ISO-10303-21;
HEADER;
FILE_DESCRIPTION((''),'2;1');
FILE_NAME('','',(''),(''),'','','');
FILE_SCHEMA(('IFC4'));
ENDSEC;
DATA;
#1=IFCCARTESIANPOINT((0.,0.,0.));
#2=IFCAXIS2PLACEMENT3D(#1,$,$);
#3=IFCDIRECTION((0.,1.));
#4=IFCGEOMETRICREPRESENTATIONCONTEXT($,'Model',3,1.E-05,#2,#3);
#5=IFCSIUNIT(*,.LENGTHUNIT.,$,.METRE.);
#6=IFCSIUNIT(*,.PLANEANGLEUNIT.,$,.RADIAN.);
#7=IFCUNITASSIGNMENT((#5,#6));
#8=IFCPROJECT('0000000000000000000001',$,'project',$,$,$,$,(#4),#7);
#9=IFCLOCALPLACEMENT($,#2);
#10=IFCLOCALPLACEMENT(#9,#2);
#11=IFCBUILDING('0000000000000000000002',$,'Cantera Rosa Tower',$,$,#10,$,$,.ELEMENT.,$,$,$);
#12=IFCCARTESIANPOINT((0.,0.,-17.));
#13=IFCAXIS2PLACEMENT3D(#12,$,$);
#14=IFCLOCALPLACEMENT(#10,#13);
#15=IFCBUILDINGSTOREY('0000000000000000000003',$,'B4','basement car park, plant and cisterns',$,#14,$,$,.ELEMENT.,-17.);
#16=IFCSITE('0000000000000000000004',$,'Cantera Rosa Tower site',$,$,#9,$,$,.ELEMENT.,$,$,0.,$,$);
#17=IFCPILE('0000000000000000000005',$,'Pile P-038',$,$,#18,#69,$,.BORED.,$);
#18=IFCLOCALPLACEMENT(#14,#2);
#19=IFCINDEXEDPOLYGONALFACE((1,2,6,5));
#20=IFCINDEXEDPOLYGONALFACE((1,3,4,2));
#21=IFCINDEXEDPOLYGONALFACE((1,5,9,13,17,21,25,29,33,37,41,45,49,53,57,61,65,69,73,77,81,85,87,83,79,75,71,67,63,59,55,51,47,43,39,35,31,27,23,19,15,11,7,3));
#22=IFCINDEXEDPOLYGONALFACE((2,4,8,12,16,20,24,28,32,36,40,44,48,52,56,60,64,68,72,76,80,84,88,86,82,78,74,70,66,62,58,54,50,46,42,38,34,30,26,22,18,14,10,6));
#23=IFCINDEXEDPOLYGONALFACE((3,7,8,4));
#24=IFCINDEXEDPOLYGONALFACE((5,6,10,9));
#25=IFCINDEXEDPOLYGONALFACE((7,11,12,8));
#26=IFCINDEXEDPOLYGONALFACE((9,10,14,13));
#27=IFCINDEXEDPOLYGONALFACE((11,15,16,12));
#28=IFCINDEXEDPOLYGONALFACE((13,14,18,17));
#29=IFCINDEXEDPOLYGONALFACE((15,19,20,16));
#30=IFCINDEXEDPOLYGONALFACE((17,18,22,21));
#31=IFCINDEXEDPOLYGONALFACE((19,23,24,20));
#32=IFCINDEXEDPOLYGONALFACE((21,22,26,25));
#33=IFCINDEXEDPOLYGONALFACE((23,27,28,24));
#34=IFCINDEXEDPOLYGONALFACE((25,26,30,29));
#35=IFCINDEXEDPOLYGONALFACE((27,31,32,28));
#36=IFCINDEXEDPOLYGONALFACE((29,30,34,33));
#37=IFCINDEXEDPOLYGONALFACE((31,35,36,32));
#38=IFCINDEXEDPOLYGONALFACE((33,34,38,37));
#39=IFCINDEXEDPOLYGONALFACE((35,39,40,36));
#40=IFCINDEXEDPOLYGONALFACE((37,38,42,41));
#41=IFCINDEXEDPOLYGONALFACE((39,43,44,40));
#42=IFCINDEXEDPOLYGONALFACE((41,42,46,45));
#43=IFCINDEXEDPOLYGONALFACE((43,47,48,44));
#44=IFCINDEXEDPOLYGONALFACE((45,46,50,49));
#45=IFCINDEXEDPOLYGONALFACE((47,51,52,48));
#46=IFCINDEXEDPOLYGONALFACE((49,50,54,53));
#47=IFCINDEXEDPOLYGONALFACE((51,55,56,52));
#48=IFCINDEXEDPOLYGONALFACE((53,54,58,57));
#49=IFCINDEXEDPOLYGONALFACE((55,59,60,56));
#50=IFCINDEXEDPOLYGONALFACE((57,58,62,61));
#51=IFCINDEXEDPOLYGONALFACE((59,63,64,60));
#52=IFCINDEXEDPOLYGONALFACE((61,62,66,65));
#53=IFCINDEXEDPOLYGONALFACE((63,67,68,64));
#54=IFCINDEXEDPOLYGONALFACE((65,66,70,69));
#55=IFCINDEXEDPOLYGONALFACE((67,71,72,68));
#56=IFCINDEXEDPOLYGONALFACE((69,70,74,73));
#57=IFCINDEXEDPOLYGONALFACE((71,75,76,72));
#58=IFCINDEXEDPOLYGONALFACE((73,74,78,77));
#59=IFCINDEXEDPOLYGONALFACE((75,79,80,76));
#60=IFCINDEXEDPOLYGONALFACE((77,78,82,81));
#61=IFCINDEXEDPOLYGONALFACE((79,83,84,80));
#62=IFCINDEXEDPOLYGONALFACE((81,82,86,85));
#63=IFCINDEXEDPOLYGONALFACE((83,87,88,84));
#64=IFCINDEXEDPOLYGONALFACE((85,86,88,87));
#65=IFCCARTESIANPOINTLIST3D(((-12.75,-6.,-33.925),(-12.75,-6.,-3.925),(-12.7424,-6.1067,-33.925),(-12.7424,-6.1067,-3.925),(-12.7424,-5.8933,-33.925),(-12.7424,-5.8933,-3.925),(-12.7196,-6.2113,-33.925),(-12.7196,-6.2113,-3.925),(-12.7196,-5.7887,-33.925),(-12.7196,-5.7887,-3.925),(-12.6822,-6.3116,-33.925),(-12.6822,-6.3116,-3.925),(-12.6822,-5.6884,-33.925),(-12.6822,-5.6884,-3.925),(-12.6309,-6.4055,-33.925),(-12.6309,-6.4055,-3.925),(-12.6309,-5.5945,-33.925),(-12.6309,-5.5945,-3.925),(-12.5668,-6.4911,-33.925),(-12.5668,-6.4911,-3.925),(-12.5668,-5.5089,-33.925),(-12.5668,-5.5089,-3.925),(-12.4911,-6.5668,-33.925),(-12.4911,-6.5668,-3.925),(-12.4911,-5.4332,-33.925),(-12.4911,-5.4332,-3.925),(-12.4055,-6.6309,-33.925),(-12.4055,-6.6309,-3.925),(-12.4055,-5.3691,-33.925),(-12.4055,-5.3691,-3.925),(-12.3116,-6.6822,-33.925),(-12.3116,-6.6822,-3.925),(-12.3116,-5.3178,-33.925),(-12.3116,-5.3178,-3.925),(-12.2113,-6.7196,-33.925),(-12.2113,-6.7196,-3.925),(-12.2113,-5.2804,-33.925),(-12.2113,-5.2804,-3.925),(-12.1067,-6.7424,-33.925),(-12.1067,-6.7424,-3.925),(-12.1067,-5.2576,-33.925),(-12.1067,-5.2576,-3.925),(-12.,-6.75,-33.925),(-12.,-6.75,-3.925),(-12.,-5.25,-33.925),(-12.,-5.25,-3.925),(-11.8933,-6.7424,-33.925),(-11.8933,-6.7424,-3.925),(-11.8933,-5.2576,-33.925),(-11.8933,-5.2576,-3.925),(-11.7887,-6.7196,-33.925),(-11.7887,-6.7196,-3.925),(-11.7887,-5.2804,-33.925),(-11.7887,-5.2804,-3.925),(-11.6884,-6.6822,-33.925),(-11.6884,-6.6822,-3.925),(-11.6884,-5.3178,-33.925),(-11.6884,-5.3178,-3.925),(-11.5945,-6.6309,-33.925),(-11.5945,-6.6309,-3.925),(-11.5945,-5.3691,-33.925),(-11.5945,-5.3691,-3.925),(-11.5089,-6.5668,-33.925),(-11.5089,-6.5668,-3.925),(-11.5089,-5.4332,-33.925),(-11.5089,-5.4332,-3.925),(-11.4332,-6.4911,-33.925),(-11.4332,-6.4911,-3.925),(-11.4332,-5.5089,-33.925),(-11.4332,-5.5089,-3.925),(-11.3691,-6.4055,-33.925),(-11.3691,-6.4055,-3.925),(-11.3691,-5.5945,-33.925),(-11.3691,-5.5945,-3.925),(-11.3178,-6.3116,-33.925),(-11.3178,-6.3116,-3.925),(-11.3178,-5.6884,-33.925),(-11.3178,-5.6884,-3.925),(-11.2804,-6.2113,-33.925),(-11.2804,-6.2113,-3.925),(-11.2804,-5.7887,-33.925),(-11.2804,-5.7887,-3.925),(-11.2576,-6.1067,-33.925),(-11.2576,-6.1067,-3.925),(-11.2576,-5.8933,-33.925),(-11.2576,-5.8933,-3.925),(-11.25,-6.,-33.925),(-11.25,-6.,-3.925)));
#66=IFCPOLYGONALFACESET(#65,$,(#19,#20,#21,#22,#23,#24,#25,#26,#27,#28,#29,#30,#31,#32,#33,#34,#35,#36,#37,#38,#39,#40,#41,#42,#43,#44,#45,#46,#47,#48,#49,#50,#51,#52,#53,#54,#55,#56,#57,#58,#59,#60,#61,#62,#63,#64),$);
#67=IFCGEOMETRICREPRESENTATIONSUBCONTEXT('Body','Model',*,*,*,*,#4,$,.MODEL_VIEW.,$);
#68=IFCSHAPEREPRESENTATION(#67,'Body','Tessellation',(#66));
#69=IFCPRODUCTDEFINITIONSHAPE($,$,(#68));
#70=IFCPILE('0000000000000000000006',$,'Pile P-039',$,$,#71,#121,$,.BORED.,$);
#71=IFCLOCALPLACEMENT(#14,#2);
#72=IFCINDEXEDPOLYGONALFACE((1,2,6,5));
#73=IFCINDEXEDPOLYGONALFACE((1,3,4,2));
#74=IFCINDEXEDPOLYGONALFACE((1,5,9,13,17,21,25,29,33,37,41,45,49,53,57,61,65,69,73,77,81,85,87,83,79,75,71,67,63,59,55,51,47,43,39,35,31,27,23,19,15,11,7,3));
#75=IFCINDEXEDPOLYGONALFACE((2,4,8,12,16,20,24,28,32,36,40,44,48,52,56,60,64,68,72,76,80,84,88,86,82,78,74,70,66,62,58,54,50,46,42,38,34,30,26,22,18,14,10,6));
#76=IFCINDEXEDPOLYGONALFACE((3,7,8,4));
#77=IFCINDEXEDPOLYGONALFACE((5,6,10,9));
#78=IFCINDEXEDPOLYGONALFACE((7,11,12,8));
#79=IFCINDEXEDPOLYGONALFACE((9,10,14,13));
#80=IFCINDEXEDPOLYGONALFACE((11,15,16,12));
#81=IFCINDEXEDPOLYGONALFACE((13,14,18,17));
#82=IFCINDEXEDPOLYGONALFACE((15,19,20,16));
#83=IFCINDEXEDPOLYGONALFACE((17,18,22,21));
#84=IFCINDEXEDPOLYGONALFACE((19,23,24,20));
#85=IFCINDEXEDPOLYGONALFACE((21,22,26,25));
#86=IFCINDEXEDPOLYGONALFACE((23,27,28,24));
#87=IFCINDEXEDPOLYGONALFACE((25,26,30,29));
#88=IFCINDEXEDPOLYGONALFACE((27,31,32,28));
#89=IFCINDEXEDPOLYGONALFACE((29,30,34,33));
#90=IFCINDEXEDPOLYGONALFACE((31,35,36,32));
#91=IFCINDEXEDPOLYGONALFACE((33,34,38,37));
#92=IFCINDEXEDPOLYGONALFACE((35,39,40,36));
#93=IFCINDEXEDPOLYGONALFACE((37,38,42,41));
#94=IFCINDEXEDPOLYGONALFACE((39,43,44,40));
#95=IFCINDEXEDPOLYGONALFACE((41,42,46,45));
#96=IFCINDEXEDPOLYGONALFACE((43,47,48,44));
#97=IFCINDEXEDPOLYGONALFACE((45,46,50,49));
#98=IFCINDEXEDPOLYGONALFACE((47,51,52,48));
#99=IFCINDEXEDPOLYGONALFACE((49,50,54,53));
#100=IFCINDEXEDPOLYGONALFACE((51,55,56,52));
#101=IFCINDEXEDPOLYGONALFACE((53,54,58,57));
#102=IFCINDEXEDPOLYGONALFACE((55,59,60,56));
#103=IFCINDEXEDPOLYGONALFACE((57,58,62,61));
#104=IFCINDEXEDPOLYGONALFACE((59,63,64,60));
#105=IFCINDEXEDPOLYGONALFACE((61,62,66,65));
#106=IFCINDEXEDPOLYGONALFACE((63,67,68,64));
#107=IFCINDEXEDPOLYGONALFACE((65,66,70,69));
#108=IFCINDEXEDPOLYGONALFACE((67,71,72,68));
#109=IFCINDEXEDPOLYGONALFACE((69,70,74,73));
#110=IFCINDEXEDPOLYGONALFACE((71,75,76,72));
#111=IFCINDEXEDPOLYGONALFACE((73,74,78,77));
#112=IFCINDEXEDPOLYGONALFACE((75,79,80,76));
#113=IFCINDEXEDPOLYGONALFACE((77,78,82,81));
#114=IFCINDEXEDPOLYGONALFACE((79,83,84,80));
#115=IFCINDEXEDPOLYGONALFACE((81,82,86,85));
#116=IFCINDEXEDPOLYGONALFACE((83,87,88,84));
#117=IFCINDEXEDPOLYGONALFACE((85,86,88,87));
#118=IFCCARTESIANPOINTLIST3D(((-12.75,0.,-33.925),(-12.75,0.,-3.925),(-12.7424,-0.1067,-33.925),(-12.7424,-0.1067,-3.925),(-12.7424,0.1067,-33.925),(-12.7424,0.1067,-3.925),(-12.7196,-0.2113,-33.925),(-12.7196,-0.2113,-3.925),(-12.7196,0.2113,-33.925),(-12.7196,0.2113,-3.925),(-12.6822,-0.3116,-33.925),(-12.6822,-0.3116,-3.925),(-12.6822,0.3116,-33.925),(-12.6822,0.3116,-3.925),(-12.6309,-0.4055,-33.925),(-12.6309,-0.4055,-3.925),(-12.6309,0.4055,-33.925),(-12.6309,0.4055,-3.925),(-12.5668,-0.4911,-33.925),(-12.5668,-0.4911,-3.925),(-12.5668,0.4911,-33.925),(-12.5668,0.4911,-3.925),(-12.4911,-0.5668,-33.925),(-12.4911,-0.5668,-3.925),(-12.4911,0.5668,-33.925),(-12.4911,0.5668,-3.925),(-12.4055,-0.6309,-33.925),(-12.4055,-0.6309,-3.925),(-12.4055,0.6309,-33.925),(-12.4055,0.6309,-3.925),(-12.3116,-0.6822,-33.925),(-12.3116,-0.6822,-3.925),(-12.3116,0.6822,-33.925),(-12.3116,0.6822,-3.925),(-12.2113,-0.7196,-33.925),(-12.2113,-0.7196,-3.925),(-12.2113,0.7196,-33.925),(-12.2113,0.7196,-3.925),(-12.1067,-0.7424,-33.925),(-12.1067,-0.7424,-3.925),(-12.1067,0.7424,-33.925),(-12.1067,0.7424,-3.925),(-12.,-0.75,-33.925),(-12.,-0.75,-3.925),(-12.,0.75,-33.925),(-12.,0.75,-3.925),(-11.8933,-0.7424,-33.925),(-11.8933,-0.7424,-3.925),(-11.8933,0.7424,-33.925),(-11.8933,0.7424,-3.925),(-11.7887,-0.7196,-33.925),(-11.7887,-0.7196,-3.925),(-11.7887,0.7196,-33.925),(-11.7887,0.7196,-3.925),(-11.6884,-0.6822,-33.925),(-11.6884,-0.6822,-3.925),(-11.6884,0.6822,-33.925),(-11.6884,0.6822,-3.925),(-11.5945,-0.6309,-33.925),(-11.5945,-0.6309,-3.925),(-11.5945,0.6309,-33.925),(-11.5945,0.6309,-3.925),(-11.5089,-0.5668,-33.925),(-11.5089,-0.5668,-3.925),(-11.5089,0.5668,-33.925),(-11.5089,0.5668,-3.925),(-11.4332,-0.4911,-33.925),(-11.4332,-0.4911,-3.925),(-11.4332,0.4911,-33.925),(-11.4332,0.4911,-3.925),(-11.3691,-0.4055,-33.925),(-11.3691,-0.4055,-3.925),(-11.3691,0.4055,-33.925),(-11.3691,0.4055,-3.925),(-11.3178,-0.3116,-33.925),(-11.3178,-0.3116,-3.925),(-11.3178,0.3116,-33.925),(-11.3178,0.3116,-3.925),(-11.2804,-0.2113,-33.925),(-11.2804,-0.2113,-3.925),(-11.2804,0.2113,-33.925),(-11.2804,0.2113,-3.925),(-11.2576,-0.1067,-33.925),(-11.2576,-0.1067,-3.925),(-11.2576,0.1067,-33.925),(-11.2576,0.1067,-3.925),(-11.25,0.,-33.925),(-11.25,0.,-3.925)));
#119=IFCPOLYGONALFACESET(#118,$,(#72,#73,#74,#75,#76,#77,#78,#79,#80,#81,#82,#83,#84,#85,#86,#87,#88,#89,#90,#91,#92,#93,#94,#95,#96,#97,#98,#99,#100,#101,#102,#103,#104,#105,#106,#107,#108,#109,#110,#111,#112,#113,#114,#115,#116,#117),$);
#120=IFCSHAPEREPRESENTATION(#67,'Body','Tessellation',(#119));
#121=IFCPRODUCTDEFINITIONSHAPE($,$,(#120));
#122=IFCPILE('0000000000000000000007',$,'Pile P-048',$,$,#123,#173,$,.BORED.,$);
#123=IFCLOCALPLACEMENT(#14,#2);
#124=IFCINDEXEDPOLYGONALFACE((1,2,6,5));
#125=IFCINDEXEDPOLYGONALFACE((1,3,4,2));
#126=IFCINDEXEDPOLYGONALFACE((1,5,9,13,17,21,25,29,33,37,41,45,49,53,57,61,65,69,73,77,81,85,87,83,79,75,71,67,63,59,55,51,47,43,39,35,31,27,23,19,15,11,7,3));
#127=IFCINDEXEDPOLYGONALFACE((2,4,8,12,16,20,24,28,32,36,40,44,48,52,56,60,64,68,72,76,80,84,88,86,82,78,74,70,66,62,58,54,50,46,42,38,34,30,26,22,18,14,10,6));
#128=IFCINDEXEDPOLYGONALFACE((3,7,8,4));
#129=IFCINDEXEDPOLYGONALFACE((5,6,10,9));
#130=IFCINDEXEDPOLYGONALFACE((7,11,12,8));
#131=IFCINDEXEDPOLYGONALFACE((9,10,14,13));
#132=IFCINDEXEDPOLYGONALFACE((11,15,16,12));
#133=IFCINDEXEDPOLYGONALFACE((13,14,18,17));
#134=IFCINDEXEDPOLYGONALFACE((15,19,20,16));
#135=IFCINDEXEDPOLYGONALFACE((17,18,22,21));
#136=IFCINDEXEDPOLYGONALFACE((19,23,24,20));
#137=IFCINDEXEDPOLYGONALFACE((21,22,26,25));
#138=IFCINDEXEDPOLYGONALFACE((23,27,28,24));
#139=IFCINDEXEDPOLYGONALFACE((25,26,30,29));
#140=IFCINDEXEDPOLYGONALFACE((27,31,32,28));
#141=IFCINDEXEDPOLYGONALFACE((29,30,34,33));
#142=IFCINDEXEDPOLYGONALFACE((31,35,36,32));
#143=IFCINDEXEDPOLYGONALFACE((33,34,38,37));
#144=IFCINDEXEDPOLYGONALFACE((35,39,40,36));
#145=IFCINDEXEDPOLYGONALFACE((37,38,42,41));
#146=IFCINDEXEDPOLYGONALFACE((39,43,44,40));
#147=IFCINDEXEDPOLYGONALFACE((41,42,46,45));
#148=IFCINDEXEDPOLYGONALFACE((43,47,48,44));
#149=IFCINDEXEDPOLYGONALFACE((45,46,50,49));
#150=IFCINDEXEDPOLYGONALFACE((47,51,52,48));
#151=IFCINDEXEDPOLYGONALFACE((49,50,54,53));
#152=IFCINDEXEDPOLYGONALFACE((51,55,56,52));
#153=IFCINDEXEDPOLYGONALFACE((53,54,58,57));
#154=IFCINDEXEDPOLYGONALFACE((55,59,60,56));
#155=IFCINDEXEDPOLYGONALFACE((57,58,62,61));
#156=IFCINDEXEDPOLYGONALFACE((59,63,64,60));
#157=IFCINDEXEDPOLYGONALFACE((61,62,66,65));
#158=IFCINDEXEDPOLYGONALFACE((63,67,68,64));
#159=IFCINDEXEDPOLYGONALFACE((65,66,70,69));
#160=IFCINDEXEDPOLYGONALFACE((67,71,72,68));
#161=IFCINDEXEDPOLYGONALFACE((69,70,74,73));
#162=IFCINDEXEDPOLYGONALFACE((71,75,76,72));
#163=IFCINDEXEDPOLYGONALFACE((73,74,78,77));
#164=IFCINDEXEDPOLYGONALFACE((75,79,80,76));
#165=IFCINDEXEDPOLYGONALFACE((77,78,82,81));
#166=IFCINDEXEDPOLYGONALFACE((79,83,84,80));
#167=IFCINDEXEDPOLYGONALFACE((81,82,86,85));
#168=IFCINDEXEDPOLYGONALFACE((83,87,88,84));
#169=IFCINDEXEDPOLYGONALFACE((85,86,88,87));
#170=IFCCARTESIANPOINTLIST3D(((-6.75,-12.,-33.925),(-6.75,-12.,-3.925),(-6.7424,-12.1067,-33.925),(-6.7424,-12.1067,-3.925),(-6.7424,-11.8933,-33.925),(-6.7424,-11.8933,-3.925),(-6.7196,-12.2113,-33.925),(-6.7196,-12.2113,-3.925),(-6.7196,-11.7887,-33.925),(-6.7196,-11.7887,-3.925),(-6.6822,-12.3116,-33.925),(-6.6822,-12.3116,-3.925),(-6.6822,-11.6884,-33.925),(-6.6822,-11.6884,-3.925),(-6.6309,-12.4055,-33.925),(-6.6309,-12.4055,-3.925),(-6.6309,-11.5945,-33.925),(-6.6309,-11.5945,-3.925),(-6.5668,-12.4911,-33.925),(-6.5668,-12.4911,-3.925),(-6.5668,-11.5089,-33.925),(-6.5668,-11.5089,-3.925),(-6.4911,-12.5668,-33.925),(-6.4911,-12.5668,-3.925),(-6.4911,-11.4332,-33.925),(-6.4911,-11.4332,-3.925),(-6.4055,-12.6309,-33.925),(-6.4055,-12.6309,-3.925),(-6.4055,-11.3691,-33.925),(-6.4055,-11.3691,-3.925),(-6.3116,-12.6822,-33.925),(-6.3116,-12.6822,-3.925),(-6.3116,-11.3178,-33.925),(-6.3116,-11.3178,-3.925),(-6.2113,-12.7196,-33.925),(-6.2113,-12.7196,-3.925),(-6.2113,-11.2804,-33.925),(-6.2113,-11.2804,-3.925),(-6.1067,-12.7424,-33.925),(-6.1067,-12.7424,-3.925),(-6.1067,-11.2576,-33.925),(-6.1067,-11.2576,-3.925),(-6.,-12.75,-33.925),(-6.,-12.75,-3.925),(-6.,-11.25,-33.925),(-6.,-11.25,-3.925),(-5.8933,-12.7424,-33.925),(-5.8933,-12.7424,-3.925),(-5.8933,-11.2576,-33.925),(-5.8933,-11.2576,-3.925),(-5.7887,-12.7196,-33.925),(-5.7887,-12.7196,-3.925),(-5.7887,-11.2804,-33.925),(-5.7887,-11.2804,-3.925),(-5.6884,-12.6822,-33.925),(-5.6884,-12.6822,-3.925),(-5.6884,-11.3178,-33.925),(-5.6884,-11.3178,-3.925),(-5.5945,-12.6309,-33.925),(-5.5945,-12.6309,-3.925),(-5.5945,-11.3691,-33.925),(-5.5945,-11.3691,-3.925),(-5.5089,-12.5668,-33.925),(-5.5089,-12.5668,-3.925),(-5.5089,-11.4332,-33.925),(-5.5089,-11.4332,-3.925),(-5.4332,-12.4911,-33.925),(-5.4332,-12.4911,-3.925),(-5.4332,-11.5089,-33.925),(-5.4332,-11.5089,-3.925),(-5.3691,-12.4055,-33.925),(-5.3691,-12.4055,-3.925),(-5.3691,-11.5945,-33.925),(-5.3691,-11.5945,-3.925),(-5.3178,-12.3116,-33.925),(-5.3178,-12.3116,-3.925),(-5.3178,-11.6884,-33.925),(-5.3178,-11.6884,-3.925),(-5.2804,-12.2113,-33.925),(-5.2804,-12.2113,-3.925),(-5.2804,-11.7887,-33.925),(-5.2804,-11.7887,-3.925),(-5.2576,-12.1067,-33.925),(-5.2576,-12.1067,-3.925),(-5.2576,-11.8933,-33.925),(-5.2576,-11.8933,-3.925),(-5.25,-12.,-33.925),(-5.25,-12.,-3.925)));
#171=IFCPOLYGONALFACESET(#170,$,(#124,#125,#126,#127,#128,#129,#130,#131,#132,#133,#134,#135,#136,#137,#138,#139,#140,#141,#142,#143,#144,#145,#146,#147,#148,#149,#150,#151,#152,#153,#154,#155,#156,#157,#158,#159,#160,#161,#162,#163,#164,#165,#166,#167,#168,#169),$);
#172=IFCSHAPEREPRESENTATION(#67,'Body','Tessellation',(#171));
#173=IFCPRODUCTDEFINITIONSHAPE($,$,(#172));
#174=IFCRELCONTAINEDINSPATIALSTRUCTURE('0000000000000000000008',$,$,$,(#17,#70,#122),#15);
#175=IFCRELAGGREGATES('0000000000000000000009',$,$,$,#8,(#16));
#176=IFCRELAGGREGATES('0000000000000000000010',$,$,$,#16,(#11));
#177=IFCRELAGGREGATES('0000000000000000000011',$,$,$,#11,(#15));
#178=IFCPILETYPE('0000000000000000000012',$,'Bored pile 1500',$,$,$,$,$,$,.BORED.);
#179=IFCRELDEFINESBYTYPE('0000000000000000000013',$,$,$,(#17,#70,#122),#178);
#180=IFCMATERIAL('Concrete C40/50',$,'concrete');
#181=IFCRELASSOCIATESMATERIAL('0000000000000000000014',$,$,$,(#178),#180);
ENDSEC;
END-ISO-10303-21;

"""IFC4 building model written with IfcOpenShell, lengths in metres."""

from ifc_helpers import new_model, si_unit, direction, frame, origin, origin_2d, place, context, subcontext, project, spatial, circle, extrude, material, material_profile, profile_set, type_object, element, save


model = new_model("IFC4")

# Units and contexts
model_context = context("Model", 3, precision=1e-05, world=origin(), true_north=direction((0.0, 1.0)))
body_context = subcontext(model_context, "Body", "Model", "MODEL_VIEW")
ifc_project = project(units=[si_unit("LENGTHUNIT", "METRE"), si_unit("PLANEANGLEUNIT", "RADIAN")], contexts=[model_context])

# Site, building, storey
site_placement = place(None, origin())
site = spatial("IfcSite", under=ifc_project, at=site_placement, Name="Cantera Rosa Tower site", CompositionType="ELEMENT", RefElevation=0.0)
building_placement = place(site_placement, origin())
building = spatial("IfcBuilding", under=site, at=building_placement, Name="Cantera Rosa Tower", CompositionType="ELEMENT")
storey_placement = place(building_placement, frame((0.0, 0.0, -17.0)))
storey = spatial("IfcBuildingStorey", under=building, at=storey_placement, Name="B4", Description="basement car park, plant and cisterns", CompositionType="ELEMENT", Elevation=-17.0)

# Piles
ifc_material_1 = material(Name="Concrete C40/50", Category="concrete")
ifc_material_profile_1 = material_profile(ifc_material_1, circle(Radius=0.75, at=origin_2d()), Name="Bored pile 1500")
ifc_profile_set_1 = profile_set([ifc_material_profile_1], Name="Concrete C40/50")
pile_type = type_object("IfcPileType", Name="Bored pile 1500", PredefinedType="BORED", material=ifc_profile_set_1)
for number, where, z_axis, x_axis, name in (
    (1, (-12.0, -6.0, -3.925), (0.0, 0.0, -1.0), (1.0, 0.0, 0.0), "Pile P-038"),
    (2, (-12.0, 0.0, -3.925), (0.0, 0.0, -1.0), (1.0, 0.0, 0.0), "Pile P-039"),
    (3, (-6.0, -12.0, -3.925), (0.0, 0.0, -1.0), (1.0, 0.0, 0.0), "Pile P-048"),
):
    element("IfcPile", number, at=place(storey_placement, frame(where, z_axis=z_axis, x_axis=x_axis)), inside=storey, type_object=pile_type, Name=name, PredefinedType="BORED", context=body_context, shape_type="SweptSolid", body=[
        extrude(circle(Radius=0.75, at=origin_2d()), origin(), (0.0, 0.0, 1.0), 30.0),
    ])

save(model, "model.ifc")
